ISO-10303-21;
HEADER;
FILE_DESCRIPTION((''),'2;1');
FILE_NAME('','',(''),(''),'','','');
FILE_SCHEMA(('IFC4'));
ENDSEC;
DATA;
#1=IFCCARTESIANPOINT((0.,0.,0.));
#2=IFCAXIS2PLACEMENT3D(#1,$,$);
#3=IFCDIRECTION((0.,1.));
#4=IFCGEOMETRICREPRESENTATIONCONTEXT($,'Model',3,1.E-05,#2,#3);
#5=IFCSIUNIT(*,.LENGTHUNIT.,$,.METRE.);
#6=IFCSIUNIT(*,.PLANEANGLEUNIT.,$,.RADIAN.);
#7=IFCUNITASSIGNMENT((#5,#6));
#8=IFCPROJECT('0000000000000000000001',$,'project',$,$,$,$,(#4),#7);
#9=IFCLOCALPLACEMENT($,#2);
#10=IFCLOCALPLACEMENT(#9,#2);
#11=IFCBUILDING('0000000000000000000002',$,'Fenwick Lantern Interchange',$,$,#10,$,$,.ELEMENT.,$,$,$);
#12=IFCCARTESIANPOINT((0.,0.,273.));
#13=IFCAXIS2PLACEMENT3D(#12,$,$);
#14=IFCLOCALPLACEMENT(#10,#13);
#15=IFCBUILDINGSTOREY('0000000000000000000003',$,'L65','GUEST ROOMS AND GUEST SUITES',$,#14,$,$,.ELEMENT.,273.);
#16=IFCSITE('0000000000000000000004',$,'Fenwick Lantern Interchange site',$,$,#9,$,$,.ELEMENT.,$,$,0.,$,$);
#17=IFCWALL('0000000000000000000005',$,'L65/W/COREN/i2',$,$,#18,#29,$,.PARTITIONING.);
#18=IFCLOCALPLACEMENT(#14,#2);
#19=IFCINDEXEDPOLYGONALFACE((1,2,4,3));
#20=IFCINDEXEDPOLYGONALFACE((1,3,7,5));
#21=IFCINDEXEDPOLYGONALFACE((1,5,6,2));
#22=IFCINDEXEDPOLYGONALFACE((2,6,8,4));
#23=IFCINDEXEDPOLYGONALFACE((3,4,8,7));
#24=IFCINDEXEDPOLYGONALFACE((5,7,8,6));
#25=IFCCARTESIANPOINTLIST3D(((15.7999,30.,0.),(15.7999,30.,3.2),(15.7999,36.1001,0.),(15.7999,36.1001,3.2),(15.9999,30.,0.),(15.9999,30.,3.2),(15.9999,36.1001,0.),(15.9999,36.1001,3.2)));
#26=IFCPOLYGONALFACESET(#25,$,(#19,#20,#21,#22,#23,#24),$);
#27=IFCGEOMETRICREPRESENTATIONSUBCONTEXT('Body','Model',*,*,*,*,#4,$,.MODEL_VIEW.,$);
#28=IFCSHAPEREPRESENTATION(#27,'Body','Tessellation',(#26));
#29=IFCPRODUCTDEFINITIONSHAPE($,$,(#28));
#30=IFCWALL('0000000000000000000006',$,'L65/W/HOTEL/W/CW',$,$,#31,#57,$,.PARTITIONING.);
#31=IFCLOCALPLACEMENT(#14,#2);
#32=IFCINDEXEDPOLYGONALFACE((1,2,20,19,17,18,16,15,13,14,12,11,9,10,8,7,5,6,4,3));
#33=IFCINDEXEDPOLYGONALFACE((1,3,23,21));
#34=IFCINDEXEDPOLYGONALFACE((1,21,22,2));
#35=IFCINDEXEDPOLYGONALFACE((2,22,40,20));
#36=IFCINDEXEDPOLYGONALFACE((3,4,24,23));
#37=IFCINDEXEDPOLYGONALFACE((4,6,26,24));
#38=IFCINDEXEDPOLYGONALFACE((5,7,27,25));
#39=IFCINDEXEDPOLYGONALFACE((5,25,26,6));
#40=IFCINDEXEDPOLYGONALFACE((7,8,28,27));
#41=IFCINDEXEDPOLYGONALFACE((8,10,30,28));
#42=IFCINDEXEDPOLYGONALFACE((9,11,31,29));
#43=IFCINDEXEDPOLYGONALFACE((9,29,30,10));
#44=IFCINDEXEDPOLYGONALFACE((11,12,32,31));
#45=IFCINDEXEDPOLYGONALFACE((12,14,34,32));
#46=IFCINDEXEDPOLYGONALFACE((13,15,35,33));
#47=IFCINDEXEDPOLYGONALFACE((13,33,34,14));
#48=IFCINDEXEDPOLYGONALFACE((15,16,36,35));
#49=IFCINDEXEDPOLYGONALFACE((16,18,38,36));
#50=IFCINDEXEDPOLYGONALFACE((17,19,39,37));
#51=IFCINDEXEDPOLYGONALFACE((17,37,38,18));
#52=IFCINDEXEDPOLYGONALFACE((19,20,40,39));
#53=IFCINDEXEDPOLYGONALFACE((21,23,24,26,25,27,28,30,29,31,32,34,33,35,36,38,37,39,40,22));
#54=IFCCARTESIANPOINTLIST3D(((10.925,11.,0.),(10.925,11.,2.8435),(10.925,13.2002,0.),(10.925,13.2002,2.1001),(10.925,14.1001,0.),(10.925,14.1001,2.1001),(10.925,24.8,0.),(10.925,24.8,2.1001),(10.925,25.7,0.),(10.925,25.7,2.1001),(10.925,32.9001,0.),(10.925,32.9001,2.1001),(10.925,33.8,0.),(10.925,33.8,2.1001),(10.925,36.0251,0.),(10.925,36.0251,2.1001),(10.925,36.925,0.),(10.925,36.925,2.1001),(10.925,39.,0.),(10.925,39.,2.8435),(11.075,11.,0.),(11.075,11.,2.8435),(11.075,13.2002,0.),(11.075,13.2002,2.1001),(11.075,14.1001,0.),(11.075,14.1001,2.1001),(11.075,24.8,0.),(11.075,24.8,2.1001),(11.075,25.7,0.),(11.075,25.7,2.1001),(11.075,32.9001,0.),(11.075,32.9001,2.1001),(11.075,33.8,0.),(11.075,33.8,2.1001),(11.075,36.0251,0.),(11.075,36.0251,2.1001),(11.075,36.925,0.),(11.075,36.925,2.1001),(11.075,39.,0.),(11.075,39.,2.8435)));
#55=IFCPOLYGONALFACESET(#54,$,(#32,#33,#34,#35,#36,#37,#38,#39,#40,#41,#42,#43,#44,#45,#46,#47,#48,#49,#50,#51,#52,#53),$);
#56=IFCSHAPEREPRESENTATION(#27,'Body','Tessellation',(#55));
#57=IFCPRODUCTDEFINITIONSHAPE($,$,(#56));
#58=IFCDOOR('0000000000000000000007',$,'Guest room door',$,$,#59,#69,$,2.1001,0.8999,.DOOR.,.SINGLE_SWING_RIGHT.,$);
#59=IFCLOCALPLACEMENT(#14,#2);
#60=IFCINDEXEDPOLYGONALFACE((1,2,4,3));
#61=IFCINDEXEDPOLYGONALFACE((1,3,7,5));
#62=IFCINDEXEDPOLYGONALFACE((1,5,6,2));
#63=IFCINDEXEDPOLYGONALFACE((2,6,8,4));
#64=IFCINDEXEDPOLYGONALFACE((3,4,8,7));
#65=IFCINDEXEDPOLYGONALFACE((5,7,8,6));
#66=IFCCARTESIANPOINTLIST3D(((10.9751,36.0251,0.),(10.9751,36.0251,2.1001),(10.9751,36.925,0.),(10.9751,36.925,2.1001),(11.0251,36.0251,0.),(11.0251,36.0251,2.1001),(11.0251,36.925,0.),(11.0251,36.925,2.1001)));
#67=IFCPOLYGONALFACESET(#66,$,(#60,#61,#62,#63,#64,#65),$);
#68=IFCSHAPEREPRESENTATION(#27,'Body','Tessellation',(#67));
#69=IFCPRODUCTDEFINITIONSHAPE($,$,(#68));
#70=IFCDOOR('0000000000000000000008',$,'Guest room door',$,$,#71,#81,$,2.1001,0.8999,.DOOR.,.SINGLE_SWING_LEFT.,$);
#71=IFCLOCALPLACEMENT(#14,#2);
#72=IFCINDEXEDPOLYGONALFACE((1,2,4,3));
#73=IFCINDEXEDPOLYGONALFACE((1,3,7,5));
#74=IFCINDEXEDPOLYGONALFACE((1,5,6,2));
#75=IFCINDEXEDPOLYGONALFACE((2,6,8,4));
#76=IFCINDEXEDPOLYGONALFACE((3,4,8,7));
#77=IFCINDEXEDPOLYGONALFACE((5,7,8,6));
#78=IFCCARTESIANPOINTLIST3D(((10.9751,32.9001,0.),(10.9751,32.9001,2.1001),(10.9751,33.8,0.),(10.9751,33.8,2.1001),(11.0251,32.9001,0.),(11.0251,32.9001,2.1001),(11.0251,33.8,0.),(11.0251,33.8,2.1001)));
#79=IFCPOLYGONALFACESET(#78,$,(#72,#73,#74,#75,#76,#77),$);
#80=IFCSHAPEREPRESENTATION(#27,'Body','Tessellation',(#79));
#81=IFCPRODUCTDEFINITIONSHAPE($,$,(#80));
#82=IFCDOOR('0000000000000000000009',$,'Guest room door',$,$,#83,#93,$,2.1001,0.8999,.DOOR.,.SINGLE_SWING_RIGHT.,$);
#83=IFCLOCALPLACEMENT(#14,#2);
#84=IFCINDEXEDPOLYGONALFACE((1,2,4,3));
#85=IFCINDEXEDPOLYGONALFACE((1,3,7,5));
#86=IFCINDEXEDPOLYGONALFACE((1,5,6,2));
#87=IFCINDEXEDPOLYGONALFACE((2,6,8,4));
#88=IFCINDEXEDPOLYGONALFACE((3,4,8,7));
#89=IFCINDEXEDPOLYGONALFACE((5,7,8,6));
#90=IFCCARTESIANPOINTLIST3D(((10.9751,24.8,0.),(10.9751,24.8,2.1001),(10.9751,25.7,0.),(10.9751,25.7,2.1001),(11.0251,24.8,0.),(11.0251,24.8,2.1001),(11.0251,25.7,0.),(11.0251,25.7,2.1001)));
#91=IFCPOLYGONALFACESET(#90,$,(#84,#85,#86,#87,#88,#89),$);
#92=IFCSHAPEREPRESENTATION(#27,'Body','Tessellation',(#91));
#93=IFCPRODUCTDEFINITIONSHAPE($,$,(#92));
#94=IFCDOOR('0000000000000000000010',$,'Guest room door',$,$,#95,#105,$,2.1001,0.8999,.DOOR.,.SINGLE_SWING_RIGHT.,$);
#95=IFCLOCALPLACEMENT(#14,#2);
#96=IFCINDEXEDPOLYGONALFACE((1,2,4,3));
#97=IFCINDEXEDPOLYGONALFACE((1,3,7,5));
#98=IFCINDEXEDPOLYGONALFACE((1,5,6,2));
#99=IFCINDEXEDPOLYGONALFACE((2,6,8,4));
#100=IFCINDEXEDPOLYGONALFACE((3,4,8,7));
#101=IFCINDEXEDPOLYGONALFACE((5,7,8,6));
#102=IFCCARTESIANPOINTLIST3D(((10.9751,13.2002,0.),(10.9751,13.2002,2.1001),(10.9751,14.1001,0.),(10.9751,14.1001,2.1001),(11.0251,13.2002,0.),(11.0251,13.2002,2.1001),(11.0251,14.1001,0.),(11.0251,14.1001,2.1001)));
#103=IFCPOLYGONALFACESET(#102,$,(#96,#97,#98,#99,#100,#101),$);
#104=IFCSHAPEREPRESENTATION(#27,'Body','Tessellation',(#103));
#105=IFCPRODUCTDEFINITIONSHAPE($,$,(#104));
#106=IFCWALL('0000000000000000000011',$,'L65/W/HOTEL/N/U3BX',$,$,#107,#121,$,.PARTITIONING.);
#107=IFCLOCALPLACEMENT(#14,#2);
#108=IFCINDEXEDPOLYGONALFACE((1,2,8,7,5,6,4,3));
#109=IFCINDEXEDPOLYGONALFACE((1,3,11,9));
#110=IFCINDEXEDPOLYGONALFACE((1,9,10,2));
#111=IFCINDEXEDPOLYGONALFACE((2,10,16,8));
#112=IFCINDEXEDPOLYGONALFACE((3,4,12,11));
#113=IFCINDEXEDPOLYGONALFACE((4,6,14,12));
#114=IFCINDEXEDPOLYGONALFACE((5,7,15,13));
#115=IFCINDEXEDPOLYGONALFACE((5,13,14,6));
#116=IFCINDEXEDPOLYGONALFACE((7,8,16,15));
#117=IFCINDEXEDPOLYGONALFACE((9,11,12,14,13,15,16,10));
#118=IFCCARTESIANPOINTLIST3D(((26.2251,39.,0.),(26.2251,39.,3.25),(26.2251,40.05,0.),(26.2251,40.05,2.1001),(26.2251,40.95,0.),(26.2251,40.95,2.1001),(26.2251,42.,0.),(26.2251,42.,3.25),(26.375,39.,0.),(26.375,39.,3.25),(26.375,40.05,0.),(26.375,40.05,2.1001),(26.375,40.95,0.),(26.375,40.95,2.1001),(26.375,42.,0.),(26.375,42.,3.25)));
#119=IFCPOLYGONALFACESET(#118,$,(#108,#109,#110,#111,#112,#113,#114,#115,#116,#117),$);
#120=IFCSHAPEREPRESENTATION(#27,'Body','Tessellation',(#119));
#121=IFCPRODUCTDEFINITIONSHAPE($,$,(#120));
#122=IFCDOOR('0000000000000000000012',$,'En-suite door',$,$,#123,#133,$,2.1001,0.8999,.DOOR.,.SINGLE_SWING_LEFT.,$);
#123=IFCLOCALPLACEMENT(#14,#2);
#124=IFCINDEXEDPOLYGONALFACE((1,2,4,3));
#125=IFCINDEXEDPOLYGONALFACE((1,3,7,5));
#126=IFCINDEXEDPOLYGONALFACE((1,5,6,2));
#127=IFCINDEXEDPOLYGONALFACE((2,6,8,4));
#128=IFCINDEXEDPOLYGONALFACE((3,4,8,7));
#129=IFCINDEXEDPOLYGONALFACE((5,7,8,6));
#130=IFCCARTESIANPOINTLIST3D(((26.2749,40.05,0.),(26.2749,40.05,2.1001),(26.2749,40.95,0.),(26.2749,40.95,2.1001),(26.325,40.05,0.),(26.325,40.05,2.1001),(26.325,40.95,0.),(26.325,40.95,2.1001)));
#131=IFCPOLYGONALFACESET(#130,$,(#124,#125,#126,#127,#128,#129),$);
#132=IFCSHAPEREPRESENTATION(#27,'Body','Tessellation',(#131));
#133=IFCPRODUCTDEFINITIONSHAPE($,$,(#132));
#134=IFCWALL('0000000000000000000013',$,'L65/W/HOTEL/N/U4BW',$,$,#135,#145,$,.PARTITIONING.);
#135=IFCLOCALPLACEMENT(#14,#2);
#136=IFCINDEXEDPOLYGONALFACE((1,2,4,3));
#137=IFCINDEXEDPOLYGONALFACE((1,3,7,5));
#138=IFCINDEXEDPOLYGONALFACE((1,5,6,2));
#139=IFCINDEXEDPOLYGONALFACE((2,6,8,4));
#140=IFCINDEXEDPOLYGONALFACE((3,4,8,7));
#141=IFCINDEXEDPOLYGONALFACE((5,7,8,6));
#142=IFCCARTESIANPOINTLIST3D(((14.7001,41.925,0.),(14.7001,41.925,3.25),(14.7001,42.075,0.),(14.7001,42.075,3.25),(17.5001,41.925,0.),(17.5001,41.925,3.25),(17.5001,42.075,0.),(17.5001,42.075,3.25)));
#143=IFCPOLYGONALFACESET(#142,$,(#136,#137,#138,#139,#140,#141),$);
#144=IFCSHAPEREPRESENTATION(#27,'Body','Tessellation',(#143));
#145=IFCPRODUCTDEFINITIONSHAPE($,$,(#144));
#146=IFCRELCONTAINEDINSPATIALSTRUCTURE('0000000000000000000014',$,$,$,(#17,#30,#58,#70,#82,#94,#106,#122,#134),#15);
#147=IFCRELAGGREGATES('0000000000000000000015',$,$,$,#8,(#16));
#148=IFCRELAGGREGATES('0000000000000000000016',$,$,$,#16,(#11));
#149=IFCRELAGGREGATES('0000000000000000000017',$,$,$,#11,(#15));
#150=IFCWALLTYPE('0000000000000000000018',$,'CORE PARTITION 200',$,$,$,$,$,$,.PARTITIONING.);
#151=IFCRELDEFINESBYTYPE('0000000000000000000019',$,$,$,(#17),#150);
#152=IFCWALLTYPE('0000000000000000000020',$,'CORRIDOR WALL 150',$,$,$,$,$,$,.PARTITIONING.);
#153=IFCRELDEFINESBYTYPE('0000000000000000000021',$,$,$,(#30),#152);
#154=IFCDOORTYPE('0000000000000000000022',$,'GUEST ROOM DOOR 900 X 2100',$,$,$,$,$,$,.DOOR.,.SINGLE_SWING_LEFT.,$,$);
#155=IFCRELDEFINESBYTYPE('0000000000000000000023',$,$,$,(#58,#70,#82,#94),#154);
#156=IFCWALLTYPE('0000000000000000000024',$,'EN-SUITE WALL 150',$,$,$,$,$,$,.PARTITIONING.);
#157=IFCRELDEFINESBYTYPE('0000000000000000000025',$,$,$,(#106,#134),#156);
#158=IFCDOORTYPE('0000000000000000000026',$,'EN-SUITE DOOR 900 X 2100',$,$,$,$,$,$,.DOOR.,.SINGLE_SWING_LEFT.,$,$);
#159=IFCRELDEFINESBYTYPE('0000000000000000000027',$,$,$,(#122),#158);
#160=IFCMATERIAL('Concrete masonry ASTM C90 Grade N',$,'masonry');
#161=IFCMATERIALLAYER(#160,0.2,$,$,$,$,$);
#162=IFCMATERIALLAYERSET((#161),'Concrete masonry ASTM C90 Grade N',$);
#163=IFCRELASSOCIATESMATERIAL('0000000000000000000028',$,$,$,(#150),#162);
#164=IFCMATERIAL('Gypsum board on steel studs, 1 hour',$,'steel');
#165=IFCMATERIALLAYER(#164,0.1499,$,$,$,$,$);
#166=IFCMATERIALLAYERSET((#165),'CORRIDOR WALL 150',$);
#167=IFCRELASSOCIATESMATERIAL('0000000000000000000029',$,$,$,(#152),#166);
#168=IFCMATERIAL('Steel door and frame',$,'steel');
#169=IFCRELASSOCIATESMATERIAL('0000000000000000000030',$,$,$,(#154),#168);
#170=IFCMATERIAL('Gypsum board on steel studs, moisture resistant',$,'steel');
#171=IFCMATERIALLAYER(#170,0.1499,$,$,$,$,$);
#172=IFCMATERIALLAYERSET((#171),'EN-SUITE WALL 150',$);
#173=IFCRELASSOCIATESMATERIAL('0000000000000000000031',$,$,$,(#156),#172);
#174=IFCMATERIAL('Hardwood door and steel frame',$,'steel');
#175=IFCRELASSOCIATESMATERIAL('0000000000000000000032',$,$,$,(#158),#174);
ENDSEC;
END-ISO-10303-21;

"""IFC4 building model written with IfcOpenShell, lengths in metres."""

from ifc_helpers import new_model, si_unit, direction, frame, frame_2d, origin, place, context, subcontext, project, spatial, rectangle, extrude, material, layer, layer_set, type_object, element, fill, save


model = new_model("IFC4")

# Units and contexts
model_context = context("Model", 3, precision=1e-05, world=origin(), true_north=direction((0.0, 1.0)))
body_context = subcontext(model_context, "Body", "Model", "MODEL_VIEW")
ifc_project = project(units=[si_unit("LENGTHUNIT", "METRE"), si_unit("PLANEANGLEUNIT", "RADIAN")], contexts=[model_context])

# Site, building, storey
site_placement = place(None, origin())
site = spatial("IfcSite", under=ifc_project, at=site_placement, Name="Fenwick Lantern Interchange site", CompositionType="ELEMENT", RefElevation=0.0)
building_placement = place(site_placement, origin())
building = spatial("IfcBuilding", under=site, at=building_placement, Name="Fenwick Lantern Interchange", CompositionType="ELEMENT")
storey_placement = place(building_placement, frame((0.0, 0.0, 273.0)))
storey = spatial("IfcBuildingStorey", under=building, at=storey_placement, Name="L65", Description="GUEST ROOMS AND GUEST SUITES", CompositionType="ELEMENT", Elevation=273.0)

# Shared definitions
ifc_material_1 = material(Name="Concrete masonry ASTM C90 Grade N", Category="masonry")
ifc_layer_1 = layer(ifc_material_1, 0.2)
ifc_layer_set_1 = layer_set([ifc_layer_1], Name="Concrete masonry ASTM C90 Grade N")
wall_type_1 = type_object("IfcWallType", Name="CORE PARTITION 200", PredefinedType="PARTITIONING", material=ifc_layer_set_1)

# Shared definitions
ifc_material_2 = material(Name="Steel door and frame", Category="steel")

# Wall
wall_1_placement = place(storey_placement, frame((15.8999, 36.1001, 0.0), z_axis=(0.0, 0.0, 1.0), x_axis=(0.0, -1.0, 0.0)))
element("IfcWall", 1, at=wall_1_placement, inside=storey, type_object=wall_type_1, Name="L65/W/COREN/i2", PredefinedType="PARTITIONING", context=body_context, shape_type="SweptSolid", body=[
    extrude(rectangle(XDim=6.1001, YDim=0.2, at=frame_2d((3.05, 0.0))), origin(), (0.0, 0.0, 1.0), 3.2),
])

# Wall, openings, doors
ifc_material_3 = material(Name="Hardwood door and steel frame", Category="steel")
ifc_material_4 = material(Name="Gypsum board on steel studs, 1 hour", Category="steel")
ifc_layer_2 = layer(ifc_material_4, 0.1499)
ifc_layer_set_2 = layer_set([ifc_layer_2], Name="CORRIDOR WALL 150")
wall_type_2 = type_object("IfcWallType", Name="CORRIDOR WALL 150", PredefinedType="PARTITIONING", material=ifc_layer_set_2)
wall_2_placement = place(storey_placement, frame((11.0, 39.0, 0.0), z_axis=(0.0, 0.0, 1.0), x_axis=(0.0, -1.0, 0.0)))
wall_2 = element("IfcWall", 2, at=wall_2_placement, inside=storey, type_object=wall_type_2, Name="L65/W/HOTEL/W/CW", PredefinedType="PARTITIONING", context=body_context, shape_type="SweptSolid", body=[
    extrude(rectangle(XDim=28.0, YDim=0.1499, at=frame_2d((14.0, 0.0))), origin(), (0.0, 0.0, 1.0), 2.8435),
])
opening_1_placement = place(wall_2_placement, frame((2.075, 0.0, 0.0)))
opening_1 = element("IfcOpeningElement", 3, at=opening_1_placement, cuts=wall_2, PredefinedType="OPENING", context=body_context, shape_type="SweptSolid", body=[
    extrude(rectangle(XDim=0.8999, YDim=2.1001, at=frame_2d((0.45, 1.05))), frame((0.0, 0.085, 0.0), z_axis=(0.0, -1.0, 0.0), x_axis=(1.0, 0.0, 0.0)), (0.0, 0.0, 1.0), 0.1699),
])
opening_2_placement = place(wall_2_placement, frame((5.2, 0.0, 0.0)))
opening_2 = element("IfcOpeningElement", 4, at=opening_2_placement, cuts=wall_2, PredefinedType="OPENING", context=body_context, shape_type="SweptSolid", body=[
    extrude(rectangle(XDim=0.8999, YDim=2.1001, at=frame_2d((0.45, 1.05))), frame((0.0, 0.085, 0.0), z_axis=(0.0, -1.0, 0.0), x_axis=(1.0, 0.0, 0.0)), (0.0, 0.0, 1.0), 0.1699),
])
opening_3_placement = place(wall_2_placement, frame((13.3, 0.0, 0.0)))
opening_3 = element("IfcOpeningElement", 5, at=opening_3_placement, cuts=wall_2, PredefinedType="OPENING", context=body_context, shape_type="SweptSolid", body=[
    extrude(rectangle(XDim=0.8999, YDim=2.1001, at=frame_2d((0.45, 1.05))), frame((0.0, 0.085, 0.0), z_axis=(0.0, -1.0, 0.0), x_axis=(1.0, 0.0, 0.0)), (0.0, 0.0, 1.0), 0.1699),
])
opening_4_placement = place(wall_2_placement, frame((24.8999, 0.0, 0.0)))
opening_4 = element("IfcOpeningElement", 6, at=opening_4_placement, cuts=wall_2, PredefinedType="OPENING", context=body_context, shape_type="SweptSolid", body=[
    extrude(rectangle(XDim=0.8999, YDim=2.1001, at=frame_2d((0.45, 1.05))), frame((0.0, 0.085, 0.0), z_axis=(0.0, -1.0, 0.0), x_axis=(1.0, 0.0, 0.0)), (0.0, 0.0, 1.0), 0.1699),
])
door_type_1 = type_object("IfcDoorType", Name="GUEST ROOM DOOR 900 X 2100", OperationType="SINGLE_SWING_LEFT", PredefinedType="DOOR", material=ifc_material_2)
door_1_placement = place(opening_1_placement, frame((0.8999, 0.0, 0.0), z_axis=(0.0, 0.0, 1.0), x_axis=(-1.0, 0.0, 0.0)))
door_1 = element("IfcDoor", 7, at=door_1_placement, inside=storey, type_object=door_type_1, Name="Guest room door", OperationType="SINGLE_SWING_RIGHT", OverallHeight=2.1001, OverallWidth=0.8999, PredefinedType="DOOR", context=body_context, shape_type="SweptSolid", body=[
    extrude(rectangle(XDim=0.8999, YDim=2.1001, at=frame_2d((0.45, 1.05))), frame((0.0, 0.0249, 0.0), z_axis=(0.0, -1.0, 0.0), x_axis=(1.0, 0.0, 0.0)), (0.0, 0.0, 1.0), 0.05),
])
fill(opening_1, door_1)
door_2_placement = place(opening_2_placement, frame((0.8999, 0.0, 0.0), z_axis=(0.0, 0.0, 1.0), x_axis=(-1.0, 0.0, 0.0)))
door_2 = element("IfcDoor", 8, at=door_2_placement, inside=storey, type_object=door_type_1, Name="Guest room door", OperationType="SINGLE_SWING_LEFT", OverallHeight=2.1001, OverallWidth=0.8999, PredefinedType="DOOR", context=body_context, shape_type="SweptSolid", body=[
    extrude(rectangle(XDim=0.8999, YDim=2.1001, at=frame_2d((0.45, 1.05))), frame((0.0, 0.0249, 0.0), z_axis=(0.0, -1.0, 0.0), x_axis=(1.0, 0.0, 0.0)), (0.0, 0.0, 1.0), 0.05),
])
fill(opening_2, door_2)
door_3_placement = place(opening_3_placement, frame((0.8999, 0.0, 0.0), z_axis=(0.0, 0.0, 1.0), x_axis=(-1.0, 0.0, 0.0)))
door_3 = element("IfcDoor", 9, at=door_3_placement, inside=storey, type_object=door_type_1, Name="Guest room door", OperationType="SINGLE_SWING_RIGHT", OverallHeight=2.1001, OverallWidth=0.8999, PredefinedType="DOOR", context=body_context, shape_type="SweptSolid", body=[
    extrude(rectangle(XDim=0.8999, YDim=2.1001, at=frame_2d((0.45, 1.05))), frame((0.0, 0.0249, 0.0), z_axis=(0.0, -1.0, 0.0), x_axis=(1.0, 0.0, 0.0)), (0.0, 0.0, 1.0), 0.05),
])
fill(opening_3, door_3)
door_4_placement = place(opening_4_placement, frame((0.8999, 0.0, 0.0), z_axis=(0.0, 0.0, 1.0), x_axis=(-1.0, 0.0, 0.0)))
door_4 = element("IfcDoor", 10, at=door_4_placement, inside=storey, type_object=door_type_1, Name="Guest room door", OperationType="SINGLE_SWING_RIGHT", OverallHeight=2.1001, OverallWidth=0.8999, PredefinedType="DOOR", context=body_context, shape_type="SweptSolid", body=[
    extrude(rectangle(XDim=0.8999, YDim=2.1001, at=frame_2d((0.45, 1.05))), frame((0.0, 0.0249, 0.0), z_axis=(0.0, -1.0, 0.0), x_axis=(1.0, 0.0, 0.0)), (0.0, 0.0, 1.0), 0.05),
])
fill(opening_4, door_4)

# Wall, opening, door
ifc_material_5 = material(Name="Gypsum board on steel studs, moisture resistant", Category="steel")
ifc_layer_3 = layer(ifc_material_5, 0.1499)
ifc_layer_set_3 = layer_set([ifc_layer_3], Name="EN-SUITE WALL 150")
wall_type_3 = type_object("IfcWallType", Name="EN-SUITE WALL 150", PredefinedType="PARTITIONING", material=ifc_layer_set_3)
wall_3_placement = place(storey_placement, frame((26.3, 42.0, 0.0), z_axis=(0.0, 0.0, 1.0), x_axis=(0.0, -1.0, 0.0)))
wall_3 = element("IfcWall", 11, at=wall_3_placement, inside=storey, type_object=wall_type_3, Name="L65/W/HOTEL/N/U3BX", PredefinedType="PARTITIONING", context=body_context, shape_type="SweptSolid", body=[
    extrude(rectangle(XDim=3.0, YDim=0.1499, at=frame_2d((1.5, 0.0))), origin(), (0.0, 0.0, 1.0), 3.25),
])
opening_5_placement = place(wall_3_placement, frame((1.05, 0.0, 0.0)))
opening_5 = element("IfcOpeningElement", 12, at=opening_5_placement, cuts=wall_3, PredefinedType="OPENING", context=body_context, shape_type="SweptSolid", body=[
    extrude(rectangle(XDim=0.8999, YDim=2.1001, at=frame_2d((0.45, 1.05))), frame((0.0, 0.085, 0.0), z_axis=(0.0, -1.0, 0.0), x_axis=(1.0, 0.0, 0.0)), (0.0, 0.0, 1.0), 0.1699),
])
door_type_2 = type_object("IfcDoorType", Name="EN-SUITE DOOR 900 X 2100", OperationType="SINGLE_SWING_LEFT", PredefinedType="DOOR", material=ifc_material_3)
door_5_placement = place(opening_5_placement, origin())
door_5 = element("IfcDoor", 13, at=door_5_placement, inside=storey, type_object=door_type_2, Name="En-suite door", OperationType="SINGLE_SWING_LEFT", OverallHeight=2.1001, OverallWidth=0.8999, PredefinedType="DOOR", context=body_context, shape_type="SweptSolid", body=[
    extrude(rectangle(XDim=0.8999, YDim=2.1001, at=frame_2d((0.45, 1.05))), frame((0.0, 0.0249, 0.0), z_axis=(0.0, -1.0, 0.0), x_axis=(1.0, 0.0, 0.0)), (0.0, 0.0, 1.0), 0.05),
])
fill(opening_5, door_5)

# Wall
wall_4_placement = place(storey_placement, frame((17.5, 42.0, 0.0), z_axis=(0.0, 0.0, 1.0), x_axis=(-1.0, 0.0, 0.0)))
element("IfcWall", 14, at=wall_4_placement, inside=storey, type_object=wall_type_3, Name="L65/W/HOTEL/N/U4BW", PredefinedType="PARTITIONING", context=body_context, shape_type="SweptSolid", body=[
    extrude(rectangle(XDim=2.8, YDim=0.1499, at=frame_2d((1.3999, 0.0))), origin(), (0.0, 0.0, 1.0), 3.25),
])

save(model, "model.ifc")
